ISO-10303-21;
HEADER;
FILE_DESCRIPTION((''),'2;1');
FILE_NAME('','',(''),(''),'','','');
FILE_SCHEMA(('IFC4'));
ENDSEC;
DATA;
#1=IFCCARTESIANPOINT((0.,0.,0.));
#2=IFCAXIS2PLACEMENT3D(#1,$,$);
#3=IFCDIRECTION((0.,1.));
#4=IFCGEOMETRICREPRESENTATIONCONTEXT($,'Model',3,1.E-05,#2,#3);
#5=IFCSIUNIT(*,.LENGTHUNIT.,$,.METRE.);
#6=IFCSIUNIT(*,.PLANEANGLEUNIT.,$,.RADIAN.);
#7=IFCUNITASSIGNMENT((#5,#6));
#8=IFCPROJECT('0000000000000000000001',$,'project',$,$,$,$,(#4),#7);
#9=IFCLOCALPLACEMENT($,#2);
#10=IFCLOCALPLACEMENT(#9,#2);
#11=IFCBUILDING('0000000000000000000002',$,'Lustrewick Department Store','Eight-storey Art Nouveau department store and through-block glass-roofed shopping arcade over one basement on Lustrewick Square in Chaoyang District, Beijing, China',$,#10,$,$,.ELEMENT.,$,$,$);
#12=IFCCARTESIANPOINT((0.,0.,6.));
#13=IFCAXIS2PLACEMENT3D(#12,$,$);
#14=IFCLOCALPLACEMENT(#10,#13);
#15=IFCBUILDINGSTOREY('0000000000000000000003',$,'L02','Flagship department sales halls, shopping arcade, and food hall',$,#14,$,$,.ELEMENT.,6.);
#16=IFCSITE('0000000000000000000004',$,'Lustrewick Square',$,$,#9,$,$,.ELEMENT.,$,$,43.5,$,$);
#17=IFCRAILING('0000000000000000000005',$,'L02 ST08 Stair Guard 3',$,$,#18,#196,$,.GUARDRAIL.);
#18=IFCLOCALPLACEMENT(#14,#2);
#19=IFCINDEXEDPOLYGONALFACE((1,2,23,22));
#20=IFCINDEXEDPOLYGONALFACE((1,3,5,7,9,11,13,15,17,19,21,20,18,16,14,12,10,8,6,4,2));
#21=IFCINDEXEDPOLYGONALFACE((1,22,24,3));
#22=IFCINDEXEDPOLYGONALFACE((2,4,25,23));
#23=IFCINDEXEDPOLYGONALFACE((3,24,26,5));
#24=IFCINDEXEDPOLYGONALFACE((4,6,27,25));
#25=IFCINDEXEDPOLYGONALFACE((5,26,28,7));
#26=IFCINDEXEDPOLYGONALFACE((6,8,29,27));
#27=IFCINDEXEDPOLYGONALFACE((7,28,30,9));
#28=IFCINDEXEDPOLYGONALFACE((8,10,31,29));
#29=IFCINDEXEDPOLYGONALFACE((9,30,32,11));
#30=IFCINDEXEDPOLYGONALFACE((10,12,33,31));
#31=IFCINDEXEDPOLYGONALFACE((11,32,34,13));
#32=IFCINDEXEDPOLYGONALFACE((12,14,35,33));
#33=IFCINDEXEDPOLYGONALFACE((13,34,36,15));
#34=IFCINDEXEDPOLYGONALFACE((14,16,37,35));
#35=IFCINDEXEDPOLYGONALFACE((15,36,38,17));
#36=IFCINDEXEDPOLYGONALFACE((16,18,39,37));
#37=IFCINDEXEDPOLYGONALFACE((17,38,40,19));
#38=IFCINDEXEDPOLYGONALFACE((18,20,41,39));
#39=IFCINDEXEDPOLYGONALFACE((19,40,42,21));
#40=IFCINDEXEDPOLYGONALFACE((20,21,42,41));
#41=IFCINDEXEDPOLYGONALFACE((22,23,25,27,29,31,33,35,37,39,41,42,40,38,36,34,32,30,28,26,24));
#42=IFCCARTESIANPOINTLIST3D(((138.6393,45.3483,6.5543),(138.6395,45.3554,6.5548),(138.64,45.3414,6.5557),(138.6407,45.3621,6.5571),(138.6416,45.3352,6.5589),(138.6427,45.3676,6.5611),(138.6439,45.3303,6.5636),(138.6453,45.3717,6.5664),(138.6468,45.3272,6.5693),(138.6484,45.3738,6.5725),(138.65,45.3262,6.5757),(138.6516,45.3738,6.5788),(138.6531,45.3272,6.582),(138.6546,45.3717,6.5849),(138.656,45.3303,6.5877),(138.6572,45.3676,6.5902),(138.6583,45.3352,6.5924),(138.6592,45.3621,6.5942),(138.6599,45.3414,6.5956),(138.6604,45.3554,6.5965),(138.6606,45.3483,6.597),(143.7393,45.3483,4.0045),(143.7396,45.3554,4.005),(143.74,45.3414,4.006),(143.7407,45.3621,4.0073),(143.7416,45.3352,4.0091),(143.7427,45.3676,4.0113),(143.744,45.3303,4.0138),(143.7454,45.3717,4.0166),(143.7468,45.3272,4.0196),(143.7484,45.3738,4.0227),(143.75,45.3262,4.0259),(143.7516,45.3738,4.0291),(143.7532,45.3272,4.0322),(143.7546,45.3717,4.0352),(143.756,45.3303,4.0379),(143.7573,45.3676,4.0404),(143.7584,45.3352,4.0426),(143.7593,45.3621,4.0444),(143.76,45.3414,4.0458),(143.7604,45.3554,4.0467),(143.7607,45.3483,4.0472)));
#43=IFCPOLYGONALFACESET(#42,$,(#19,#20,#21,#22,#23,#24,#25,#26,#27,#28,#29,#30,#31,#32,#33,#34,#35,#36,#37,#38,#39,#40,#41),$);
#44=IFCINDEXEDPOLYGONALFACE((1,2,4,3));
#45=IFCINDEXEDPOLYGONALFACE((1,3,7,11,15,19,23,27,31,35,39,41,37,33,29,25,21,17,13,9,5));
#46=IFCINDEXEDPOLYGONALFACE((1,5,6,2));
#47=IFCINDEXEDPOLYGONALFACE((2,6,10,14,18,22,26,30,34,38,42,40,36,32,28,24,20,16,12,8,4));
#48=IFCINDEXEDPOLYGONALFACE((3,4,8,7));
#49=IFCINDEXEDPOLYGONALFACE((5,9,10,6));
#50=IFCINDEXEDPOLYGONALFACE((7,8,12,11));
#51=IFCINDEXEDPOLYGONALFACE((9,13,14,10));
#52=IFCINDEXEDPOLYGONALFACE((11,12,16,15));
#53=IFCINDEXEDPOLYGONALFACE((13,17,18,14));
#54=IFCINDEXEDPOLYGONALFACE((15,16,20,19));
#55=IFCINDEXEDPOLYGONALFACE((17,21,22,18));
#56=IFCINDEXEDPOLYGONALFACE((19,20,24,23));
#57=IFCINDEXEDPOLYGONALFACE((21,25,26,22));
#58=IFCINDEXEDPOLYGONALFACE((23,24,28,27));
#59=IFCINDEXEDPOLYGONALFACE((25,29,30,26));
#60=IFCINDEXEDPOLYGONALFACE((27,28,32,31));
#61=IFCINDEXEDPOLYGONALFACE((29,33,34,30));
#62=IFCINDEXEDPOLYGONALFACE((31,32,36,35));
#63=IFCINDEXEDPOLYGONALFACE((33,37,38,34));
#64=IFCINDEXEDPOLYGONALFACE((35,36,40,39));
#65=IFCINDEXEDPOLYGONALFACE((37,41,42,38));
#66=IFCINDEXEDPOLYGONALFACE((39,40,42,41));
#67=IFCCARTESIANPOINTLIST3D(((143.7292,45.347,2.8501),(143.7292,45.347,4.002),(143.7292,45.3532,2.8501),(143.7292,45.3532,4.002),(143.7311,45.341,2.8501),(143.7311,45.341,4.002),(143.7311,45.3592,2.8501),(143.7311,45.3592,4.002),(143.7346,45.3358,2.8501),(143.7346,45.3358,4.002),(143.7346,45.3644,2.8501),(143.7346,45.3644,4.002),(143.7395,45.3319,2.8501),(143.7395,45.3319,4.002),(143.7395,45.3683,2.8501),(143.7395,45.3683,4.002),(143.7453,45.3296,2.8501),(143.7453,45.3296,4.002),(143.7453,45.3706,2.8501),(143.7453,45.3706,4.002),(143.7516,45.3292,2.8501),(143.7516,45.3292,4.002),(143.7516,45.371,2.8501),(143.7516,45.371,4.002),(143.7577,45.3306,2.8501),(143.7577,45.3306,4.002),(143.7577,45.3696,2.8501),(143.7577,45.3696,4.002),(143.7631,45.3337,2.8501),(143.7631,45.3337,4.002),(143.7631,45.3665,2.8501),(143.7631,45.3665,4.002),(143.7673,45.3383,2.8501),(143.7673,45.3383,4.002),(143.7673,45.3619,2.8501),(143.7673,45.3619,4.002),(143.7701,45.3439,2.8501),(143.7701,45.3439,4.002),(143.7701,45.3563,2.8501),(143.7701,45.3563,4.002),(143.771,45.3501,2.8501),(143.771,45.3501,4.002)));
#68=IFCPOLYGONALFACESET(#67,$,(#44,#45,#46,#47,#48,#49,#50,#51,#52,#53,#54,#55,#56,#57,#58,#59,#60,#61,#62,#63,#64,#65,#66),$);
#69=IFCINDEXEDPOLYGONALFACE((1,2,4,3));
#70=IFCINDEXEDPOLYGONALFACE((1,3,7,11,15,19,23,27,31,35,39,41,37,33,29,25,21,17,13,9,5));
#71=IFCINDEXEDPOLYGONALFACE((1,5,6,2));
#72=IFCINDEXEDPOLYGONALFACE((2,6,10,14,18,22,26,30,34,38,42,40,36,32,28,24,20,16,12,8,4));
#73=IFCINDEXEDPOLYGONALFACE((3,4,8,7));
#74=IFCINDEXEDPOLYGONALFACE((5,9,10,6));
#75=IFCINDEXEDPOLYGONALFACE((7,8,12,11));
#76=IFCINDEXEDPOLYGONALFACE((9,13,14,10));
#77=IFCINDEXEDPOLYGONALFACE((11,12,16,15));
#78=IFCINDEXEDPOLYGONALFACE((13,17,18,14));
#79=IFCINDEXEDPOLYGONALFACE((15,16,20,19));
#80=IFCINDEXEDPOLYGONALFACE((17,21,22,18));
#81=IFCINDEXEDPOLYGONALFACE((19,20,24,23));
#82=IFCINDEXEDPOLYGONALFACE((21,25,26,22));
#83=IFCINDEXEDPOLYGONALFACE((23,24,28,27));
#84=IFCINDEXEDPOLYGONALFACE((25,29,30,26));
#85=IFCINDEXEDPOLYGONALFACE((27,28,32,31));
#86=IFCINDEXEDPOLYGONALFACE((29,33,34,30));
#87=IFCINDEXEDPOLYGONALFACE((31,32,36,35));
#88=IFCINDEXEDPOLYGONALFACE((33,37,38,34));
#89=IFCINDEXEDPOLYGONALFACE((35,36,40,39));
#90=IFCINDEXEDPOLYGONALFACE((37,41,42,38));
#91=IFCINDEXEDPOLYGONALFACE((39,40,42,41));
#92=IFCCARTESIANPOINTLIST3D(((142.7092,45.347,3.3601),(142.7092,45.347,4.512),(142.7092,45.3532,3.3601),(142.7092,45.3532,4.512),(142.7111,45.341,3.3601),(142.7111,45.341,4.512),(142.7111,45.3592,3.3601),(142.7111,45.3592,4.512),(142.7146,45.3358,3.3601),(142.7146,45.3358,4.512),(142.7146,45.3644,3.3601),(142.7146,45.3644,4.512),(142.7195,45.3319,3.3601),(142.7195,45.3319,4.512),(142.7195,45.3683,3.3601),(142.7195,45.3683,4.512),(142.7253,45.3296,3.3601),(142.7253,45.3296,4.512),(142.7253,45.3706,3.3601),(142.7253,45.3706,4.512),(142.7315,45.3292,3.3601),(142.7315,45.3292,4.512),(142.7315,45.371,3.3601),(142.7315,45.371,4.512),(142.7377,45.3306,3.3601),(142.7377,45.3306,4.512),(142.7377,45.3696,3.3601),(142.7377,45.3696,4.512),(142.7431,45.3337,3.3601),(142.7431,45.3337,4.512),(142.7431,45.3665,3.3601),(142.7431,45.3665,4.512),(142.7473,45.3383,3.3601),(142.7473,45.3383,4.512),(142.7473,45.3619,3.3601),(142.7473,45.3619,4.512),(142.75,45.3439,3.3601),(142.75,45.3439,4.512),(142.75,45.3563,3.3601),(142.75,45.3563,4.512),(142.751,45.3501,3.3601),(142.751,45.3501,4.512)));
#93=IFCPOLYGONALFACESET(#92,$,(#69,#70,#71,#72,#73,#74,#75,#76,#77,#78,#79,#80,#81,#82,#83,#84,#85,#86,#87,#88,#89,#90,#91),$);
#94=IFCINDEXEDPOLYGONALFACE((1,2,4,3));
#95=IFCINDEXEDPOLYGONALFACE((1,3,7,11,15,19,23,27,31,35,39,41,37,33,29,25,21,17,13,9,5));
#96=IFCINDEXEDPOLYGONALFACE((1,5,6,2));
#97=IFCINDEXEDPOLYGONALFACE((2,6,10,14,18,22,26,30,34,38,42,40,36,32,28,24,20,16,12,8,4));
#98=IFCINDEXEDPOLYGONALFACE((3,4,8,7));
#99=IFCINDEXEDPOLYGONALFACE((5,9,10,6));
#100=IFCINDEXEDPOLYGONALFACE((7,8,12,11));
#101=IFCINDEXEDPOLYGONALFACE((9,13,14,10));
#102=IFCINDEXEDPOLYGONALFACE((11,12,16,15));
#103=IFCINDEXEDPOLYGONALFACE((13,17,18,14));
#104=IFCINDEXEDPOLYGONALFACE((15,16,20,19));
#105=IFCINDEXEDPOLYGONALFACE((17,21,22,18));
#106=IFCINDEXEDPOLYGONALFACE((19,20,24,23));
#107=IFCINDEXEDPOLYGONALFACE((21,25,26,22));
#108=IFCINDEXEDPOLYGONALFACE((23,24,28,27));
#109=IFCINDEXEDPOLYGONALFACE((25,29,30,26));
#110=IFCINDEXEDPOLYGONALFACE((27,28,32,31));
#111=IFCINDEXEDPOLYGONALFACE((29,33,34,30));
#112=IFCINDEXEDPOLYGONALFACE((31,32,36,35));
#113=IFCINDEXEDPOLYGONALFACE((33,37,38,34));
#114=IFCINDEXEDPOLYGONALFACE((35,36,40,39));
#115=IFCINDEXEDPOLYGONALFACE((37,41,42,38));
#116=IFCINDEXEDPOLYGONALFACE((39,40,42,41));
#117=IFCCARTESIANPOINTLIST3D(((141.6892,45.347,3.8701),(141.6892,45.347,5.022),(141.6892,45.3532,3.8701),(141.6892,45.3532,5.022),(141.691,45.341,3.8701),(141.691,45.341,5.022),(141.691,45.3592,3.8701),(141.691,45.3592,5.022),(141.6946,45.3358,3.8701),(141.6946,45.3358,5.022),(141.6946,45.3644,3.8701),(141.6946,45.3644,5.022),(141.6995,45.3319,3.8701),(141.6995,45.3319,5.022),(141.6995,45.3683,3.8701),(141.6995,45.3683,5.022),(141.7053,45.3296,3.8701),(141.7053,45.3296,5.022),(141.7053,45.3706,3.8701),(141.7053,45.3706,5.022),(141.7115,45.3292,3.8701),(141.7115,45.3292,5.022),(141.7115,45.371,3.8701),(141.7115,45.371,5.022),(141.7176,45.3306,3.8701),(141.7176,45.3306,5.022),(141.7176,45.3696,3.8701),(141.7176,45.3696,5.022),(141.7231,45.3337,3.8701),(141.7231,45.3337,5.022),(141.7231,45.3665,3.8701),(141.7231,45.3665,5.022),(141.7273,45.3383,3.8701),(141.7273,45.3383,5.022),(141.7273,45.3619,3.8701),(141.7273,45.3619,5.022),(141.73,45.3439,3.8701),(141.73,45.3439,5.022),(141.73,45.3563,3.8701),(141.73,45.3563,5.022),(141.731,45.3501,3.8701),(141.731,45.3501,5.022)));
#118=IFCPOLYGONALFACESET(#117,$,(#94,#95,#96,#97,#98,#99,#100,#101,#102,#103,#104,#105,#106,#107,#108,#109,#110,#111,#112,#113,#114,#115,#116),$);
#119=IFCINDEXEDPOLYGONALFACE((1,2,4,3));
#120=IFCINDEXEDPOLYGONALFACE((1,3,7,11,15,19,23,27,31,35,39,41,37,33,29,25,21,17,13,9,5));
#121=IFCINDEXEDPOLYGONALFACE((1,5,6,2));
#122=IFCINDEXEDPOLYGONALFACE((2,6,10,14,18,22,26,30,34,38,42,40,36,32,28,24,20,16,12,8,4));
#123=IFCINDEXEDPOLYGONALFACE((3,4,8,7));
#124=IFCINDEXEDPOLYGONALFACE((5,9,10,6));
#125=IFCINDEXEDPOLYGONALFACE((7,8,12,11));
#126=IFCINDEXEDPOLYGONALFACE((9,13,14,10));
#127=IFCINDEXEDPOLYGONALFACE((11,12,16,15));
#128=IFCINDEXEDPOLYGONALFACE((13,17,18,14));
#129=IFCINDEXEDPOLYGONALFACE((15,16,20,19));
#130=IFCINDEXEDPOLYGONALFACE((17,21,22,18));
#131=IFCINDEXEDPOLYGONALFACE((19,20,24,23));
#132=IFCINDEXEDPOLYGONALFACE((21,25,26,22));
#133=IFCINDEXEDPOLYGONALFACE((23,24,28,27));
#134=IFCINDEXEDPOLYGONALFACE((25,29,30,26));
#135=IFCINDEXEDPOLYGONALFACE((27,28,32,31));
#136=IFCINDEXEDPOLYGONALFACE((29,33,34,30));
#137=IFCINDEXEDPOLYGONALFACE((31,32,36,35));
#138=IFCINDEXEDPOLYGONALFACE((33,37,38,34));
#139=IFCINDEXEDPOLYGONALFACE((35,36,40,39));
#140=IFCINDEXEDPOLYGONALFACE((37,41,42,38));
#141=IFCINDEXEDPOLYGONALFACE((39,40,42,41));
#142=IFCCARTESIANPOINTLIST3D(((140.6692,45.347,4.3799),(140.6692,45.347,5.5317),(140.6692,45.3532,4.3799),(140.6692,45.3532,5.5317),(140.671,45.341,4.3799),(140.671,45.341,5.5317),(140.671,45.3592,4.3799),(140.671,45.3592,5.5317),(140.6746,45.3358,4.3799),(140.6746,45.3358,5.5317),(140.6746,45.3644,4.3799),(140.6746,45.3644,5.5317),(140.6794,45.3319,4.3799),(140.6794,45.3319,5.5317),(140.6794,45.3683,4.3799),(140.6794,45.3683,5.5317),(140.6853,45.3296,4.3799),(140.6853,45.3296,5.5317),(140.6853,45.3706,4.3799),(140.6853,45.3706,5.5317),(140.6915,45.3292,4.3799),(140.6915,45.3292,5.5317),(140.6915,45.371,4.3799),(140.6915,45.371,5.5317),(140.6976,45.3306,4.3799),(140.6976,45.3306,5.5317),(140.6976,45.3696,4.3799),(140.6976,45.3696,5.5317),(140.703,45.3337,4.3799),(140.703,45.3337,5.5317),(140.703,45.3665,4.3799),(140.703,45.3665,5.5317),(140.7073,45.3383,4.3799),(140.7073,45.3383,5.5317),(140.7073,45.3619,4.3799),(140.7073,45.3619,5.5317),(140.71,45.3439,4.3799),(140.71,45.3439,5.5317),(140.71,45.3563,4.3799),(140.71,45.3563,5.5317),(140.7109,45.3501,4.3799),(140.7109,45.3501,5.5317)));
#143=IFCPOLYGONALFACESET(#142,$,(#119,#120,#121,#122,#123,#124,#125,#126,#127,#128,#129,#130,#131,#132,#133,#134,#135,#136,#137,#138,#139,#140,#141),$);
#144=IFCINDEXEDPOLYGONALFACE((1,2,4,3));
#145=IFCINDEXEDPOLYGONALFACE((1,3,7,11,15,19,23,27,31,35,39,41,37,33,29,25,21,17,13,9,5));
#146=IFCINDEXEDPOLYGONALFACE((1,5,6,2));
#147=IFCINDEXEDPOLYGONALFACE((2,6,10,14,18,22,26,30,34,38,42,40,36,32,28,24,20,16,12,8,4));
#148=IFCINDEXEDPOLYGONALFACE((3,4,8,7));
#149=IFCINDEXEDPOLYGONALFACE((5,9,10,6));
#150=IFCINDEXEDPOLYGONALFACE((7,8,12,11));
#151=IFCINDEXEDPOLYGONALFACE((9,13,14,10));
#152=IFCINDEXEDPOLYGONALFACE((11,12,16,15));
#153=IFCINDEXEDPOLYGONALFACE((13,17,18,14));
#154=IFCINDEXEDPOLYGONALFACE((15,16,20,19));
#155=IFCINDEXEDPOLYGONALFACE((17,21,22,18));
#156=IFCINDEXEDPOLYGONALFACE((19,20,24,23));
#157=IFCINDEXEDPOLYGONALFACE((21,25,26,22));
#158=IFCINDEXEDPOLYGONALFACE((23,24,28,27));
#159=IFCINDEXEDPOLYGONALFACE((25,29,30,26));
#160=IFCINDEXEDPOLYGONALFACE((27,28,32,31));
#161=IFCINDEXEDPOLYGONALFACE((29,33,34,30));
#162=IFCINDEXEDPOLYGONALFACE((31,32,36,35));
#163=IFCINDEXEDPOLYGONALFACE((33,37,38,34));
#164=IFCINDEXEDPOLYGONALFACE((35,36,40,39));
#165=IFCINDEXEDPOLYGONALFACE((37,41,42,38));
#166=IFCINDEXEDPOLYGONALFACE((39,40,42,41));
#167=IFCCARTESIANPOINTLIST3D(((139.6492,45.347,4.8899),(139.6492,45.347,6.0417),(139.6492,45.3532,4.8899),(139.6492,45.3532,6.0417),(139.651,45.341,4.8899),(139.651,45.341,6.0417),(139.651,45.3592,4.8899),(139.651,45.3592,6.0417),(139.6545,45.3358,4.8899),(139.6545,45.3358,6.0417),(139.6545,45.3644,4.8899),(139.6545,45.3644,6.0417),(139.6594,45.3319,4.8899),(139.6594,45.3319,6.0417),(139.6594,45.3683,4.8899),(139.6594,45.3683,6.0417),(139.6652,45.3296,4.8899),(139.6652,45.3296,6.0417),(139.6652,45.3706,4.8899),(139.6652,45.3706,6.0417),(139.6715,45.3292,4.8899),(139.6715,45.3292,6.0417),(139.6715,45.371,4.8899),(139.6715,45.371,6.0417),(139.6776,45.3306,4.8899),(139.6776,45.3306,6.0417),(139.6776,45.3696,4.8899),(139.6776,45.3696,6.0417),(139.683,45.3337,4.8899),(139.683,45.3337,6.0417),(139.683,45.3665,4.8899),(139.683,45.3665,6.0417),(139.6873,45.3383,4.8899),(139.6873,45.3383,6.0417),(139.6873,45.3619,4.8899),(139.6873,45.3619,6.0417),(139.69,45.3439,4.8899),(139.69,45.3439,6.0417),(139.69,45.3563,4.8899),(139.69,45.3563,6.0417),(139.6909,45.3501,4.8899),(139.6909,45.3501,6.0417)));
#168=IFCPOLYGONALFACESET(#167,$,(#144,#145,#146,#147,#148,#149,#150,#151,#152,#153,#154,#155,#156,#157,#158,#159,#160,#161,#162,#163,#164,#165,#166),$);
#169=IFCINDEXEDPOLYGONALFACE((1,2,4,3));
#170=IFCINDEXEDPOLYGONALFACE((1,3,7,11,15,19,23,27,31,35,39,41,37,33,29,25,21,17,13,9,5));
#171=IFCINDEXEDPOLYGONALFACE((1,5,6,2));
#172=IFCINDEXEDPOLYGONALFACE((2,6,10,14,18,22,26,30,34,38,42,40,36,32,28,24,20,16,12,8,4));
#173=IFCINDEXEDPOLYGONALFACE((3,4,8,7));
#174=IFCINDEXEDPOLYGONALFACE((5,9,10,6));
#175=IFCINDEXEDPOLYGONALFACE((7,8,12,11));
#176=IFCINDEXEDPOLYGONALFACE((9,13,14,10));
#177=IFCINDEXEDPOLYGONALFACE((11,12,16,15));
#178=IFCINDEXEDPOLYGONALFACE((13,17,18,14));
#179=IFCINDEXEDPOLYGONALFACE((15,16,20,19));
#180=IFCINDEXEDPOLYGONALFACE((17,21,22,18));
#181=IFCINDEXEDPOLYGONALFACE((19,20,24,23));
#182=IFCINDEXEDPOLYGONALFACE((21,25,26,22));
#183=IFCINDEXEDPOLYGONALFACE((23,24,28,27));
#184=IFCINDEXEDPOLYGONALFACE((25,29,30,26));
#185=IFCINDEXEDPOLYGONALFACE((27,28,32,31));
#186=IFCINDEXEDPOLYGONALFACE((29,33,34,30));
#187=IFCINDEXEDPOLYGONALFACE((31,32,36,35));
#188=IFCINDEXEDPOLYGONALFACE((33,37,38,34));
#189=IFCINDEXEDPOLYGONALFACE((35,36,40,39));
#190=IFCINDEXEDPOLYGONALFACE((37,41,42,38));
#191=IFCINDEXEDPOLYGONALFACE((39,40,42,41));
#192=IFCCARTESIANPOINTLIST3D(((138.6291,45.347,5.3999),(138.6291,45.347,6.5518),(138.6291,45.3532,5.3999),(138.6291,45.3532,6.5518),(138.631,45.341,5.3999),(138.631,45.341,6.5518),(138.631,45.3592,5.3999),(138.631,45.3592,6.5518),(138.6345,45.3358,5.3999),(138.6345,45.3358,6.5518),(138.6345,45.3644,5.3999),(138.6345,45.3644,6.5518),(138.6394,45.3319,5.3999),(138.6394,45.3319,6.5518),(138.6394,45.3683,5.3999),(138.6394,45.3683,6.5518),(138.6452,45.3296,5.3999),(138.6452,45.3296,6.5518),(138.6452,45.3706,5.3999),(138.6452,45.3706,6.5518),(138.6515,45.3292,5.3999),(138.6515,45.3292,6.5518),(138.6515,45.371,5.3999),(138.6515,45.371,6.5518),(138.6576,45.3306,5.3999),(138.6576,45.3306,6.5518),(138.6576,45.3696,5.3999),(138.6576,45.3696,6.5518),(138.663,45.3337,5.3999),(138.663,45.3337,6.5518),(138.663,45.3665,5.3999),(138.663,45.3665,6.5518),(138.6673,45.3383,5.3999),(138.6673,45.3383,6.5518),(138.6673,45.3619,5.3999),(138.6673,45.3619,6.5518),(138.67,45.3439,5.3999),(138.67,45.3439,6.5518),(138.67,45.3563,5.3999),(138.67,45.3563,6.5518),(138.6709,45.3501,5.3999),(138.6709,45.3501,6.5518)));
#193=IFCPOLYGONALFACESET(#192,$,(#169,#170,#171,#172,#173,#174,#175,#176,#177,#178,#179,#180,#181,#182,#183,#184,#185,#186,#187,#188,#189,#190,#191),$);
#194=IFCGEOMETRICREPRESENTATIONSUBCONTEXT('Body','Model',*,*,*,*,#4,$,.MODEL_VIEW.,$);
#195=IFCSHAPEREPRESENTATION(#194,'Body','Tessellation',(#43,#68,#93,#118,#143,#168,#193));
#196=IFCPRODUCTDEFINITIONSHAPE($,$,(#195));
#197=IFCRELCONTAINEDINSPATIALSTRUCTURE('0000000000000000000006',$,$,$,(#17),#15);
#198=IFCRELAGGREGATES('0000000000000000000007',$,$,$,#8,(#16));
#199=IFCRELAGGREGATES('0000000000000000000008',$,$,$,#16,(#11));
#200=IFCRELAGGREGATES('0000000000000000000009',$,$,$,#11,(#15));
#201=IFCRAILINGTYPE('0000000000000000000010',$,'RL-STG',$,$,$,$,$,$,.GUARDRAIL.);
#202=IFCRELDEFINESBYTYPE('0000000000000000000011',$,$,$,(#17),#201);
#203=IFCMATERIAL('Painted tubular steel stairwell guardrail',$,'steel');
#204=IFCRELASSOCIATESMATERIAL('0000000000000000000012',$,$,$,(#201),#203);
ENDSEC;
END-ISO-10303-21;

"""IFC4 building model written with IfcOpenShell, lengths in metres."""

from ifc_helpers import new_model, si_unit, direction, frame, origin, origin_2d, place, context, subcontext, project, spatial, circle, extrude, material, type_object, element, save


model = new_model("IFC4")

# Units and contexts
model_context = context("Model", 3, precision=1e-05, world=origin(), true_north=direction((0.0, 1.0)))
body_context = subcontext(model_context, "Body", "Model", "MODEL_VIEW")
ifc_project = project(units=[si_unit("LENGTHUNIT", "METRE"), si_unit("PLANEANGLEUNIT", "RADIAN")], contexts=[model_context])

# Site, building, storey
site_placement = place(None, origin())
site = spatial("IfcSite", under=ifc_project, at=site_placement, Name="Lustrewick Square", CompositionType="ELEMENT", RefElevation=43.5)
building_placement = place(site_placement, origin())
building = spatial("IfcBuilding", under=site, at=building_placement, Name="Lustrewick Department Store", Description="Eight-storey Art Nouveau department store and through-block glass-roofed shopping arcade over one basement on Lustrewick Square in Chaoyang District, Beijing, China", CompositionType="ELEMENT")
storey_placement = place(building_placement, frame((0.0, 0.0, 6.0)))
storey = spatial("IfcBuildingStorey", under=building, at=storey_placement, Name="L02", Description="Flagship department sales halls, shopping arcade, and food hall", CompositionType="ELEMENT", Elevation=6.0)

# Railing
ifc_material_1 = material(Name="Painted tubular steel stairwell guardrail", Category="steel")
railing_type_1 = type_object("IfcRailingType", Name="RL-STG", PredefinedType="GUARDRAIL", material=ifc_material_1)
railing_1_placement = place(storey_placement, frame((143.75, 45.3501, 2.8501)))
element("IfcRailing", 1, at=railing_1_placement, inside=storey, type_object=railing_type_1, Name="L02 ST08 Stair Guard 3", PredefinedType="GUARDRAIL", context=body_context, shape_type="SweptSolid", body=[
    extrude(circle(Radius=0.0239, at=origin_2d()), frame((0.0, 0.0, 1.1758), z_axis=(-0.894444, 0.0, 0.447179), x_axis=(0.0, -1.0, 0.0)), (0.0, 0.0, 1.0), 5.7019),
    extrude(circle(Radius=0.021, at=origin_2d()), origin(), (0.0, 0.0, 1.0), 1.1519),
    extrude(circle(Radius=0.021, at=origin_2d()), frame((-1.02, 0.0, 0.51)), (0.0, 0.0, 1.0), 1.1519),
    extrude(circle(Radius=0.021, at=origin_2d()), frame((-2.04, 0.0, 1.02)), (0.0, 0.0, 1.0), 1.1519),
    extrude(circle(Radius=0.021, at=origin_2d()), frame((-3.0601, 0.0, 1.5298)), (0.0, 0.0, 1.0), 1.1519),
    extrude(circle(Radius=0.021, at=origin_2d()), frame((-4.0801, 0.0, 2.0398)), (0.0, 0.0, 1.0), 1.1519),
    extrude(circle(Radius=0.021, at=origin_2d()), frame((-5.1001, 0.0, 2.5498)), (0.0, 0.0, 1.0), 1.1519),
])

save(model, "model.ifc")
